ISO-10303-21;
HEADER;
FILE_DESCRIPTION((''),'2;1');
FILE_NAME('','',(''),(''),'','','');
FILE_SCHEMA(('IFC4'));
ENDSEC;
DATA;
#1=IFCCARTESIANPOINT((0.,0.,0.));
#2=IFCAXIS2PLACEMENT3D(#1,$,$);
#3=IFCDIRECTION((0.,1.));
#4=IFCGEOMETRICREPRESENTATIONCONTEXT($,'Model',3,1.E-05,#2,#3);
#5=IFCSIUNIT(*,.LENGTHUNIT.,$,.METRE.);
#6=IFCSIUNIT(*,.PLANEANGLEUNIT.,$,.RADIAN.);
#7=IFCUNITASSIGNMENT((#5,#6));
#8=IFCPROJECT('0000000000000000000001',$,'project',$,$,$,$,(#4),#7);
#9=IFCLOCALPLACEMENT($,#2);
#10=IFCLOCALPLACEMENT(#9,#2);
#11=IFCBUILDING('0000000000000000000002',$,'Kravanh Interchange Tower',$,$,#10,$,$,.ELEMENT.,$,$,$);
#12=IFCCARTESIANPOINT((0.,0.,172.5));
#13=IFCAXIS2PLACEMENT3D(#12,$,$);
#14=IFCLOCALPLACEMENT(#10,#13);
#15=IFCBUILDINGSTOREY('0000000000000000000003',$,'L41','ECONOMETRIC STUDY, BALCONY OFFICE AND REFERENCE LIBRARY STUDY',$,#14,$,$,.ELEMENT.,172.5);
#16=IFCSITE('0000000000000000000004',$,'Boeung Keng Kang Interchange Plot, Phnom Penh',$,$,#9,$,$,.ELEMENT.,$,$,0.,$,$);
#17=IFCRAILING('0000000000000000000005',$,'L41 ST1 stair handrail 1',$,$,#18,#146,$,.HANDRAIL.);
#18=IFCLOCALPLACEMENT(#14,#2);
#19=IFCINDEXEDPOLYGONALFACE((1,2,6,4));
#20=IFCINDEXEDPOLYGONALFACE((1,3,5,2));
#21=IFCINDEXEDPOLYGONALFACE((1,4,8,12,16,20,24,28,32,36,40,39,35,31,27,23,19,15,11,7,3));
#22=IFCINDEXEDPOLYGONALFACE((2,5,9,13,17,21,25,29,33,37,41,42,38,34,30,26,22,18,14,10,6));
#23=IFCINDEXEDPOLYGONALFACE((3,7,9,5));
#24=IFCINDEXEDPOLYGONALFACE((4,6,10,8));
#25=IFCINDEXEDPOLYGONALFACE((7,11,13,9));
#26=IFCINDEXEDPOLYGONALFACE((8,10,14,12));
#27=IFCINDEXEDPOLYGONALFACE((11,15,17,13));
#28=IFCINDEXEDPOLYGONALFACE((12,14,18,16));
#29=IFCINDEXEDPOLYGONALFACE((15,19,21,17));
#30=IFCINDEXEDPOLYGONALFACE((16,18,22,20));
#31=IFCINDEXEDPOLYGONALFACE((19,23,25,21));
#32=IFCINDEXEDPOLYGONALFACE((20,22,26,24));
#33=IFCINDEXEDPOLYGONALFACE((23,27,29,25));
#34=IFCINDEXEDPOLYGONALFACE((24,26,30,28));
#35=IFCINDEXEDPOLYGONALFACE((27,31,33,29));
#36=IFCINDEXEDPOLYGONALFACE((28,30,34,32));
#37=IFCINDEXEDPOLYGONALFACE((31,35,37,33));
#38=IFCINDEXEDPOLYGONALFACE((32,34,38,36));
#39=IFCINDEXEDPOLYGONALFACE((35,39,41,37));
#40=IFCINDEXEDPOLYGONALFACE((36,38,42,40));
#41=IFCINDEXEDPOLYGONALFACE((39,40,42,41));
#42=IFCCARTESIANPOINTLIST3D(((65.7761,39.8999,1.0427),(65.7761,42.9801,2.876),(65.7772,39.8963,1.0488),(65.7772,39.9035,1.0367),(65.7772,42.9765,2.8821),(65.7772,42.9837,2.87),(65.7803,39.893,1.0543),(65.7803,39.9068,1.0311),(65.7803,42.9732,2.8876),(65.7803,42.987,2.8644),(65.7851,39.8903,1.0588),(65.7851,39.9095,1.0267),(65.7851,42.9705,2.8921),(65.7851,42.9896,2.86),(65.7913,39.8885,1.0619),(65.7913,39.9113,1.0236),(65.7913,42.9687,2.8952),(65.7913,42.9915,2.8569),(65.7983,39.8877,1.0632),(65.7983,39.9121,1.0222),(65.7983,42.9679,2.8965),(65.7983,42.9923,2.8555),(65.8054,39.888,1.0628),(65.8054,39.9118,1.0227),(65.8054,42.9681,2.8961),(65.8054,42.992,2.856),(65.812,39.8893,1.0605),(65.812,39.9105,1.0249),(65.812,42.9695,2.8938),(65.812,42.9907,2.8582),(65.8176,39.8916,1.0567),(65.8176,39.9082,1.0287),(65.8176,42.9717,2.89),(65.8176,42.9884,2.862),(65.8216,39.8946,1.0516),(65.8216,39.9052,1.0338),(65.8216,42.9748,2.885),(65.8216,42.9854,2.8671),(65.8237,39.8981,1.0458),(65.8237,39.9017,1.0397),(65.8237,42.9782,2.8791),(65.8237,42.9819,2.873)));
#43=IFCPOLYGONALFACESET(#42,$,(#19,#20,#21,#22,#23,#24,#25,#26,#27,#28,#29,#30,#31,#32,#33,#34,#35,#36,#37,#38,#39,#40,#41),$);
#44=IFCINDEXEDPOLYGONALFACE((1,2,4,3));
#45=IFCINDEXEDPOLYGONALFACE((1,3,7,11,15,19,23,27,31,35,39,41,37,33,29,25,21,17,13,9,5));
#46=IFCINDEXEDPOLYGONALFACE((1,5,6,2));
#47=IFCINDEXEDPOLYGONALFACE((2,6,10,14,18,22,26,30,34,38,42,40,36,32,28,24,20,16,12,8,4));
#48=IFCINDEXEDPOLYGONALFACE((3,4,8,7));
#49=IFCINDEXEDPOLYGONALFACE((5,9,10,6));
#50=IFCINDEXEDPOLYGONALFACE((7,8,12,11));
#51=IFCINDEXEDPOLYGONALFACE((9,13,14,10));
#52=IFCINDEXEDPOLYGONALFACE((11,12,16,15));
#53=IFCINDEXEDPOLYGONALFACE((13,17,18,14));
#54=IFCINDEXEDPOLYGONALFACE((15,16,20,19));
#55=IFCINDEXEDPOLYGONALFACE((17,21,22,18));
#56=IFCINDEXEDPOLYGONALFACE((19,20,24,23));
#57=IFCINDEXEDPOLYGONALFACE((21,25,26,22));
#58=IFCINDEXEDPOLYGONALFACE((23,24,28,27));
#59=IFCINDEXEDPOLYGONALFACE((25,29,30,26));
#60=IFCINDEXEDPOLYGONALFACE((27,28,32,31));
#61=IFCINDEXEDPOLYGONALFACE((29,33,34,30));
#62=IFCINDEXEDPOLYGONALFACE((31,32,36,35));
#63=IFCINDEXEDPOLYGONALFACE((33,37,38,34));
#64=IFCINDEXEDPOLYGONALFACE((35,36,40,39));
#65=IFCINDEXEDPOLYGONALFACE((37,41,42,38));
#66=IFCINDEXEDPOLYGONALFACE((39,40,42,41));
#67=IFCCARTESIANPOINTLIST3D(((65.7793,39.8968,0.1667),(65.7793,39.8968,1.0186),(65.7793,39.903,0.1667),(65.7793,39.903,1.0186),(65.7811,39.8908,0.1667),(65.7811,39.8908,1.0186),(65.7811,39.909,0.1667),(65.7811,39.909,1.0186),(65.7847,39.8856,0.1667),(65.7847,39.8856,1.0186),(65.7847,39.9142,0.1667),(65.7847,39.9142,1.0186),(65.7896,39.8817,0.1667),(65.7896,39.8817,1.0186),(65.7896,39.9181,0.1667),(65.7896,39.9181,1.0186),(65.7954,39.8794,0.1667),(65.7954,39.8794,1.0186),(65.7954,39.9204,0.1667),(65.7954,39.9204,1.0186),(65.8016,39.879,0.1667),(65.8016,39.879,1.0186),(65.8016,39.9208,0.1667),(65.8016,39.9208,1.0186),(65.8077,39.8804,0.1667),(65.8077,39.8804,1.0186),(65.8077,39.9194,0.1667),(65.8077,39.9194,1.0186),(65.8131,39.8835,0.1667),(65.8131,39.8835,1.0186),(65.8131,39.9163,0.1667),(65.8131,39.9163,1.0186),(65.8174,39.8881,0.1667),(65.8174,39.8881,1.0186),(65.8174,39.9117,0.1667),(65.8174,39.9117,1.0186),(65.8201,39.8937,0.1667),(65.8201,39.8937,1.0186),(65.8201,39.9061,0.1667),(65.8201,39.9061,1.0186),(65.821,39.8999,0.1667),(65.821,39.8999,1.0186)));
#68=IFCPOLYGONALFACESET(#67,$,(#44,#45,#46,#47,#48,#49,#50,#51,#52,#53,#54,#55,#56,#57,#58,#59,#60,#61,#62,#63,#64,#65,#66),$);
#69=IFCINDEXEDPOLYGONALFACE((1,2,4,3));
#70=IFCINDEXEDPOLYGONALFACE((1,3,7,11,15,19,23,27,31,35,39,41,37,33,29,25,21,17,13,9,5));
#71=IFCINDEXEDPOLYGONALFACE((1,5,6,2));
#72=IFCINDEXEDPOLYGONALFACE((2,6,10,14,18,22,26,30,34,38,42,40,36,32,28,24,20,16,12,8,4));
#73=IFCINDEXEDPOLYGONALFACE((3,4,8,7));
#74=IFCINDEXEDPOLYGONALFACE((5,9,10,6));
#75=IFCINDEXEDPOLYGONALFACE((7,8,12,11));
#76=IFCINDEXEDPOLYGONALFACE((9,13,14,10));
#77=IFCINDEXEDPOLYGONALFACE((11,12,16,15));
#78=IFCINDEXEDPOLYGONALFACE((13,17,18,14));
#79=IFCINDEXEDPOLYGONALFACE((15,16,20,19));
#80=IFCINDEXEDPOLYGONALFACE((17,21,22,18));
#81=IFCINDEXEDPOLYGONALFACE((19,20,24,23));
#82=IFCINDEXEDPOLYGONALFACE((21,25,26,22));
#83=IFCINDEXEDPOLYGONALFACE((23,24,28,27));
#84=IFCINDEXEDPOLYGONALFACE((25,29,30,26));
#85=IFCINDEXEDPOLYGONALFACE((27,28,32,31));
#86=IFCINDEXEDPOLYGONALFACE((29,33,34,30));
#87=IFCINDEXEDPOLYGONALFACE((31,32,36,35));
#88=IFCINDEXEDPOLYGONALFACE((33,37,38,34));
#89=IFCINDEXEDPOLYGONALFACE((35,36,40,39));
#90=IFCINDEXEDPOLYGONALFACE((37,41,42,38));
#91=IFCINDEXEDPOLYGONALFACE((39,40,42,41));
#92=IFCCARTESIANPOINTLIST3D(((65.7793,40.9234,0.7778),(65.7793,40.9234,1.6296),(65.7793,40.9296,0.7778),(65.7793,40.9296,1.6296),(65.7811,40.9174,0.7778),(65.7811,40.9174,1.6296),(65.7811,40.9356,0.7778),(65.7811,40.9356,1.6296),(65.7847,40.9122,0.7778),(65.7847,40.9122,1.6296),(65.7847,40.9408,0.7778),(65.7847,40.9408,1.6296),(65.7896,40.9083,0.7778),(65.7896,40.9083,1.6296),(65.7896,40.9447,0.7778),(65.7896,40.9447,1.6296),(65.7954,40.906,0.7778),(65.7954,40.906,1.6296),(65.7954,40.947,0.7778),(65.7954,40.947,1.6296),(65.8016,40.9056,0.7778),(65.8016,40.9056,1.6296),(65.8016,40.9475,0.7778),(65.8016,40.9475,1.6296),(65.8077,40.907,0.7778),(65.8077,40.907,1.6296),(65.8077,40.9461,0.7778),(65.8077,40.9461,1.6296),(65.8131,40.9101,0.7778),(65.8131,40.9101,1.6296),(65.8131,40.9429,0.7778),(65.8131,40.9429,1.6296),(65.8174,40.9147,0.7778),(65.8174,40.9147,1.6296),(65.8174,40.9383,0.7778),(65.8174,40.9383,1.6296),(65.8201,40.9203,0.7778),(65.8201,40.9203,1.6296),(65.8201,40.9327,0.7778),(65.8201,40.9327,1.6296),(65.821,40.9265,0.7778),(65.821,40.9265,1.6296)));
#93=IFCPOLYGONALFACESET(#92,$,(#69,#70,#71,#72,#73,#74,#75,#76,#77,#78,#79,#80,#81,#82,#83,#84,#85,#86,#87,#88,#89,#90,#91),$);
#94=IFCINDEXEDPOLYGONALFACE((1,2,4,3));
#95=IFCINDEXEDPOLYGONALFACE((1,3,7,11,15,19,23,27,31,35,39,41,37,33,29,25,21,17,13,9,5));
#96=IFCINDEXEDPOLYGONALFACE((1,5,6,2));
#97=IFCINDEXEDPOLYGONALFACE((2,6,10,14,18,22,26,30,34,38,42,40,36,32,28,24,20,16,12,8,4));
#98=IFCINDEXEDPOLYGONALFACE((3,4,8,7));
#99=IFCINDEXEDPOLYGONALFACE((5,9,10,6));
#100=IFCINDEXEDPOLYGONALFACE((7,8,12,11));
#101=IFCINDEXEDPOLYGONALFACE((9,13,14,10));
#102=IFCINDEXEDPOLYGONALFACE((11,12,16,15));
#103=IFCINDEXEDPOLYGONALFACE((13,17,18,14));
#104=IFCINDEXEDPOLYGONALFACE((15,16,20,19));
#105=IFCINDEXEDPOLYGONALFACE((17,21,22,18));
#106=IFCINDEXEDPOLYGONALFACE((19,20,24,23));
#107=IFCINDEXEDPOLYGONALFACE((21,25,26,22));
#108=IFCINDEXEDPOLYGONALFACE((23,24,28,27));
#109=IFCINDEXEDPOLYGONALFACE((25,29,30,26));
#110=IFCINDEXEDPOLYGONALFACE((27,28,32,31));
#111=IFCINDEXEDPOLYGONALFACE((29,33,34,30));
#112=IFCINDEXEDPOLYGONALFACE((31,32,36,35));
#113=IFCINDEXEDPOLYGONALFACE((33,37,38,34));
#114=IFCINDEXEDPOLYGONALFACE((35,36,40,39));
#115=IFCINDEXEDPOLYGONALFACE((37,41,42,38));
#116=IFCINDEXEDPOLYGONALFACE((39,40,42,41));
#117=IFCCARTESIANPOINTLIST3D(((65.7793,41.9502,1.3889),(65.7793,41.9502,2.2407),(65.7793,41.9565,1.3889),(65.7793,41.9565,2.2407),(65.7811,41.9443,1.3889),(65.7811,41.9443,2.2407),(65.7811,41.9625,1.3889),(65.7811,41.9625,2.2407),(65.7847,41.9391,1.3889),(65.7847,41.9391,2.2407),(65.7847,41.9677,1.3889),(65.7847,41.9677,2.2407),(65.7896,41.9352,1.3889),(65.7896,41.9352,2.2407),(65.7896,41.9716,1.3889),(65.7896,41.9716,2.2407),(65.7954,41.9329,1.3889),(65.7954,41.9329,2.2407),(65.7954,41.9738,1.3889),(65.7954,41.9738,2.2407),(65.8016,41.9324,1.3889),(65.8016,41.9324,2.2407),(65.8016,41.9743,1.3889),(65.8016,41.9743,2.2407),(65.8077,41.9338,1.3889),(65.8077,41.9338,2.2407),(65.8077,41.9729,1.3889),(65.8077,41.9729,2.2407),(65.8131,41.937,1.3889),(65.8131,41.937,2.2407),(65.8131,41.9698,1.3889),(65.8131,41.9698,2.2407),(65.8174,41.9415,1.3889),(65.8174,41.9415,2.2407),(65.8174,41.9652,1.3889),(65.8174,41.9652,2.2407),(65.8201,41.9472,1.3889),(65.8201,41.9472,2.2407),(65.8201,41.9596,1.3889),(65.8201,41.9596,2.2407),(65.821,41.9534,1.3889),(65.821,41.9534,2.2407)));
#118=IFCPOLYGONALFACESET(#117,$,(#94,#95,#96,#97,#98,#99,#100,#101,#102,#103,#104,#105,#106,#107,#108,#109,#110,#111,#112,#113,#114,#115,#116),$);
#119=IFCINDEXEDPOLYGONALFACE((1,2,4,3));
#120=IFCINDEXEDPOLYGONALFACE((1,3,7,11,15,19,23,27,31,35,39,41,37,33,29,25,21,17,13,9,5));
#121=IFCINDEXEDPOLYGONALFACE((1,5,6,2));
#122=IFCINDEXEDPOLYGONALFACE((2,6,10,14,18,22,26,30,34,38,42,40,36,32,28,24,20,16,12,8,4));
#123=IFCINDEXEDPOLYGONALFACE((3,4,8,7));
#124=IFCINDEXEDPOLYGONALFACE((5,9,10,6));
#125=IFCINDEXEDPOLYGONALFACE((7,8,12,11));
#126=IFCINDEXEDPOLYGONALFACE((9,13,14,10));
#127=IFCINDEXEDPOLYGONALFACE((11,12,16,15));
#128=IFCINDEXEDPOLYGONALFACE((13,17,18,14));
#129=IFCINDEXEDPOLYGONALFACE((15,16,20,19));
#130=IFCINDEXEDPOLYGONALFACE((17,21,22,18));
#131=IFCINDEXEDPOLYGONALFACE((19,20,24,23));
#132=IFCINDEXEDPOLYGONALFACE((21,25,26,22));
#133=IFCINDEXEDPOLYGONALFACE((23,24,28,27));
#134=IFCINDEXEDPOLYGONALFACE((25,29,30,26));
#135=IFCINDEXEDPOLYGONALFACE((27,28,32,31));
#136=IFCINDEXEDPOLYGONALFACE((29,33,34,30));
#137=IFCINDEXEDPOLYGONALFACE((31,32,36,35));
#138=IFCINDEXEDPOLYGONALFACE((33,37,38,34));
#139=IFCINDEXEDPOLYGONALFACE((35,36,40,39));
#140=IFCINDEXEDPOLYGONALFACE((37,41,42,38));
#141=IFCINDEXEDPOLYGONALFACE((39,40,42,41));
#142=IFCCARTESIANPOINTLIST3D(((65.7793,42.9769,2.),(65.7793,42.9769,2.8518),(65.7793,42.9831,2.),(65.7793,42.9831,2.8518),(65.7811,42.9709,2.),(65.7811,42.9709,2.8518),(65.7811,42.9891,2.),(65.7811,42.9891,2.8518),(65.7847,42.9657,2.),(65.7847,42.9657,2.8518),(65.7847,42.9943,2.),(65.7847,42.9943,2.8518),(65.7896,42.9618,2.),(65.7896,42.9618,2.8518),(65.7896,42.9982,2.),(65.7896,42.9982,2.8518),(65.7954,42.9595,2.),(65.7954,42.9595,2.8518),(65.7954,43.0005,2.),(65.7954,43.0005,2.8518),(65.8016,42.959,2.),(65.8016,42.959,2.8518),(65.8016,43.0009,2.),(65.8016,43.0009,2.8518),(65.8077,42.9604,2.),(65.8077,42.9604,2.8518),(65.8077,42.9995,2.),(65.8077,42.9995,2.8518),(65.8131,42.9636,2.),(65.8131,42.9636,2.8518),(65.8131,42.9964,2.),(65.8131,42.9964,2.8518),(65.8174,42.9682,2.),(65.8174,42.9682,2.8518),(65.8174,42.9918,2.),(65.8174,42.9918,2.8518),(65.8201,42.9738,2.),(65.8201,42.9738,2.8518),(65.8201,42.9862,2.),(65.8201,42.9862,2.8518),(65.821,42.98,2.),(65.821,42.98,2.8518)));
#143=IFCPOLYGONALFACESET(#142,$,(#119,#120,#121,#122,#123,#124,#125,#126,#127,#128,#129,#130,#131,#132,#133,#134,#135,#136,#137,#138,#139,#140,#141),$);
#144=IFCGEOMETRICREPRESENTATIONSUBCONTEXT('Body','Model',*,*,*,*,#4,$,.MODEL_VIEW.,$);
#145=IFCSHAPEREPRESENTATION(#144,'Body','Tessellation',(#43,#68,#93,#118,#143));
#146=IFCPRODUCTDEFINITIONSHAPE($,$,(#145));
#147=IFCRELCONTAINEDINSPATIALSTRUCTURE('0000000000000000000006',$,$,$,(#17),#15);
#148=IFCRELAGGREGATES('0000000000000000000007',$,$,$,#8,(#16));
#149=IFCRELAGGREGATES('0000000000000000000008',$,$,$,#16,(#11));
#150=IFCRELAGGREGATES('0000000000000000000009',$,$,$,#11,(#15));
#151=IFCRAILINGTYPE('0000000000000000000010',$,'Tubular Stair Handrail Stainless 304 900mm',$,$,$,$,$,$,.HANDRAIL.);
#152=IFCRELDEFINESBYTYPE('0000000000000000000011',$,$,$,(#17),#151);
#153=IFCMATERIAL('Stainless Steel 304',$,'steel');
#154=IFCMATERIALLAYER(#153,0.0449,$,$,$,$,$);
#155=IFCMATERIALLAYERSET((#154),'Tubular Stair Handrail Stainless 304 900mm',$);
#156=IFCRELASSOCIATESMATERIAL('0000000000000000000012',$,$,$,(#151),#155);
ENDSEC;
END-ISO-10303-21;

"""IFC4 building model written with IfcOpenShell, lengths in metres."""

from ifc_helpers import new_model, si_unit, direction, frame, origin, origin_2d, place, context, subcontext, project, spatial, circle, extrude, material, layer, layer_set, type_object, element, save


model = new_model("IFC4")

# Units and contexts
model_context = context("Model", 3, precision=1e-05, world=origin(), true_north=direction((0.0, 1.0)))
body_context = subcontext(model_context, "Body", "Model", "MODEL_VIEW")
ifc_project = project(units=[si_unit("LENGTHUNIT", "METRE"), si_unit("PLANEANGLEUNIT", "RADIAN")], contexts=[model_context])

# Site, building, storey
site_placement = place(None, origin())
site = spatial("IfcSite", under=ifc_project, at=site_placement, Name="Boeung Keng Kang Interchange Plot, Phnom Penh", CompositionType="ELEMENT", RefElevation=0.0)
building_placement = place(site_placement, origin())
building = spatial("IfcBuilding", under=site, at=building_placement, Name="Kravanh Interchange Tower", CompositionType="ELEMENT")
storey_placement = place(building_placement, frame((0.0, 0.0, 172.5)))
storey = spatial("IfcBuildingStorey", under=building, at=storey_placement, Name="L41", Description="ECONOMETRIC STUDY, BALCONY OFFICE AND REFERENCE LIBRARY STUDY", CompositionType="ELEMENT", Elevation=172.5)

# Railing
ifc_material_1 = material(Name="Stainless Steel 304", Category="steel")
ifc_layer_1 = layer(ifc_material_1, 0.0449)
ifc_layer_set_1 = layer_set([ifc_layer_1], Name="Tubular Stair Handrail Stainless 304 900mm")
railing_type_1 = type_object("IfcRailingType", Name="Tubular Stair Handrail Stainless 304 900mm", PredefinedType="HANDRAIL", material=ifc_layer_set_1)
railing_1_placement = place(storey_placement, frame((65.8, 39.8999, 0.1667)))
element("IfcRailing", 1, at=railing_1_placement, inside=storey, type_object=railing_type_1, Name="L41 ST1 stair handrail 1", PredefinedType="HANDRAIL", context=body_context, shape_type="SweptSolid", body=[
    extrude(circle(Radius=0.0239, at=origin_2d()), frame((0.0, 0.0, 0.876), z_axis=(0.0, 0.859309, 0.511458), x_axis=(-1.0, 0.0, 0.0)), (0.0, 0.0, 1.0), 3.5845),
    extrude(circle(Radius=0.021, at=origin_2d()), origin(), (0.0, 0.0, 1.0), 0.8518),
    extrude(circle(Radius=0.021, at=origin_2d()), frame((0.0, 1.0266, 0.6111)), (0.0, 0.0, 1.0), 0.8518),
    extrude(circle(Radius=0.021, at=origin_2d()), frame((0.0, 2.0535, 1.2222)), (0.0, 0.0, 1.0), 0.8518),
    extrude(circle(Radius=0.021, at=origin_2d()), frame((0.0, 3.0801, 1.8333)), (0.0, 0.0, 1.0), 0.8518),
])

save(model, "model.ifc")
